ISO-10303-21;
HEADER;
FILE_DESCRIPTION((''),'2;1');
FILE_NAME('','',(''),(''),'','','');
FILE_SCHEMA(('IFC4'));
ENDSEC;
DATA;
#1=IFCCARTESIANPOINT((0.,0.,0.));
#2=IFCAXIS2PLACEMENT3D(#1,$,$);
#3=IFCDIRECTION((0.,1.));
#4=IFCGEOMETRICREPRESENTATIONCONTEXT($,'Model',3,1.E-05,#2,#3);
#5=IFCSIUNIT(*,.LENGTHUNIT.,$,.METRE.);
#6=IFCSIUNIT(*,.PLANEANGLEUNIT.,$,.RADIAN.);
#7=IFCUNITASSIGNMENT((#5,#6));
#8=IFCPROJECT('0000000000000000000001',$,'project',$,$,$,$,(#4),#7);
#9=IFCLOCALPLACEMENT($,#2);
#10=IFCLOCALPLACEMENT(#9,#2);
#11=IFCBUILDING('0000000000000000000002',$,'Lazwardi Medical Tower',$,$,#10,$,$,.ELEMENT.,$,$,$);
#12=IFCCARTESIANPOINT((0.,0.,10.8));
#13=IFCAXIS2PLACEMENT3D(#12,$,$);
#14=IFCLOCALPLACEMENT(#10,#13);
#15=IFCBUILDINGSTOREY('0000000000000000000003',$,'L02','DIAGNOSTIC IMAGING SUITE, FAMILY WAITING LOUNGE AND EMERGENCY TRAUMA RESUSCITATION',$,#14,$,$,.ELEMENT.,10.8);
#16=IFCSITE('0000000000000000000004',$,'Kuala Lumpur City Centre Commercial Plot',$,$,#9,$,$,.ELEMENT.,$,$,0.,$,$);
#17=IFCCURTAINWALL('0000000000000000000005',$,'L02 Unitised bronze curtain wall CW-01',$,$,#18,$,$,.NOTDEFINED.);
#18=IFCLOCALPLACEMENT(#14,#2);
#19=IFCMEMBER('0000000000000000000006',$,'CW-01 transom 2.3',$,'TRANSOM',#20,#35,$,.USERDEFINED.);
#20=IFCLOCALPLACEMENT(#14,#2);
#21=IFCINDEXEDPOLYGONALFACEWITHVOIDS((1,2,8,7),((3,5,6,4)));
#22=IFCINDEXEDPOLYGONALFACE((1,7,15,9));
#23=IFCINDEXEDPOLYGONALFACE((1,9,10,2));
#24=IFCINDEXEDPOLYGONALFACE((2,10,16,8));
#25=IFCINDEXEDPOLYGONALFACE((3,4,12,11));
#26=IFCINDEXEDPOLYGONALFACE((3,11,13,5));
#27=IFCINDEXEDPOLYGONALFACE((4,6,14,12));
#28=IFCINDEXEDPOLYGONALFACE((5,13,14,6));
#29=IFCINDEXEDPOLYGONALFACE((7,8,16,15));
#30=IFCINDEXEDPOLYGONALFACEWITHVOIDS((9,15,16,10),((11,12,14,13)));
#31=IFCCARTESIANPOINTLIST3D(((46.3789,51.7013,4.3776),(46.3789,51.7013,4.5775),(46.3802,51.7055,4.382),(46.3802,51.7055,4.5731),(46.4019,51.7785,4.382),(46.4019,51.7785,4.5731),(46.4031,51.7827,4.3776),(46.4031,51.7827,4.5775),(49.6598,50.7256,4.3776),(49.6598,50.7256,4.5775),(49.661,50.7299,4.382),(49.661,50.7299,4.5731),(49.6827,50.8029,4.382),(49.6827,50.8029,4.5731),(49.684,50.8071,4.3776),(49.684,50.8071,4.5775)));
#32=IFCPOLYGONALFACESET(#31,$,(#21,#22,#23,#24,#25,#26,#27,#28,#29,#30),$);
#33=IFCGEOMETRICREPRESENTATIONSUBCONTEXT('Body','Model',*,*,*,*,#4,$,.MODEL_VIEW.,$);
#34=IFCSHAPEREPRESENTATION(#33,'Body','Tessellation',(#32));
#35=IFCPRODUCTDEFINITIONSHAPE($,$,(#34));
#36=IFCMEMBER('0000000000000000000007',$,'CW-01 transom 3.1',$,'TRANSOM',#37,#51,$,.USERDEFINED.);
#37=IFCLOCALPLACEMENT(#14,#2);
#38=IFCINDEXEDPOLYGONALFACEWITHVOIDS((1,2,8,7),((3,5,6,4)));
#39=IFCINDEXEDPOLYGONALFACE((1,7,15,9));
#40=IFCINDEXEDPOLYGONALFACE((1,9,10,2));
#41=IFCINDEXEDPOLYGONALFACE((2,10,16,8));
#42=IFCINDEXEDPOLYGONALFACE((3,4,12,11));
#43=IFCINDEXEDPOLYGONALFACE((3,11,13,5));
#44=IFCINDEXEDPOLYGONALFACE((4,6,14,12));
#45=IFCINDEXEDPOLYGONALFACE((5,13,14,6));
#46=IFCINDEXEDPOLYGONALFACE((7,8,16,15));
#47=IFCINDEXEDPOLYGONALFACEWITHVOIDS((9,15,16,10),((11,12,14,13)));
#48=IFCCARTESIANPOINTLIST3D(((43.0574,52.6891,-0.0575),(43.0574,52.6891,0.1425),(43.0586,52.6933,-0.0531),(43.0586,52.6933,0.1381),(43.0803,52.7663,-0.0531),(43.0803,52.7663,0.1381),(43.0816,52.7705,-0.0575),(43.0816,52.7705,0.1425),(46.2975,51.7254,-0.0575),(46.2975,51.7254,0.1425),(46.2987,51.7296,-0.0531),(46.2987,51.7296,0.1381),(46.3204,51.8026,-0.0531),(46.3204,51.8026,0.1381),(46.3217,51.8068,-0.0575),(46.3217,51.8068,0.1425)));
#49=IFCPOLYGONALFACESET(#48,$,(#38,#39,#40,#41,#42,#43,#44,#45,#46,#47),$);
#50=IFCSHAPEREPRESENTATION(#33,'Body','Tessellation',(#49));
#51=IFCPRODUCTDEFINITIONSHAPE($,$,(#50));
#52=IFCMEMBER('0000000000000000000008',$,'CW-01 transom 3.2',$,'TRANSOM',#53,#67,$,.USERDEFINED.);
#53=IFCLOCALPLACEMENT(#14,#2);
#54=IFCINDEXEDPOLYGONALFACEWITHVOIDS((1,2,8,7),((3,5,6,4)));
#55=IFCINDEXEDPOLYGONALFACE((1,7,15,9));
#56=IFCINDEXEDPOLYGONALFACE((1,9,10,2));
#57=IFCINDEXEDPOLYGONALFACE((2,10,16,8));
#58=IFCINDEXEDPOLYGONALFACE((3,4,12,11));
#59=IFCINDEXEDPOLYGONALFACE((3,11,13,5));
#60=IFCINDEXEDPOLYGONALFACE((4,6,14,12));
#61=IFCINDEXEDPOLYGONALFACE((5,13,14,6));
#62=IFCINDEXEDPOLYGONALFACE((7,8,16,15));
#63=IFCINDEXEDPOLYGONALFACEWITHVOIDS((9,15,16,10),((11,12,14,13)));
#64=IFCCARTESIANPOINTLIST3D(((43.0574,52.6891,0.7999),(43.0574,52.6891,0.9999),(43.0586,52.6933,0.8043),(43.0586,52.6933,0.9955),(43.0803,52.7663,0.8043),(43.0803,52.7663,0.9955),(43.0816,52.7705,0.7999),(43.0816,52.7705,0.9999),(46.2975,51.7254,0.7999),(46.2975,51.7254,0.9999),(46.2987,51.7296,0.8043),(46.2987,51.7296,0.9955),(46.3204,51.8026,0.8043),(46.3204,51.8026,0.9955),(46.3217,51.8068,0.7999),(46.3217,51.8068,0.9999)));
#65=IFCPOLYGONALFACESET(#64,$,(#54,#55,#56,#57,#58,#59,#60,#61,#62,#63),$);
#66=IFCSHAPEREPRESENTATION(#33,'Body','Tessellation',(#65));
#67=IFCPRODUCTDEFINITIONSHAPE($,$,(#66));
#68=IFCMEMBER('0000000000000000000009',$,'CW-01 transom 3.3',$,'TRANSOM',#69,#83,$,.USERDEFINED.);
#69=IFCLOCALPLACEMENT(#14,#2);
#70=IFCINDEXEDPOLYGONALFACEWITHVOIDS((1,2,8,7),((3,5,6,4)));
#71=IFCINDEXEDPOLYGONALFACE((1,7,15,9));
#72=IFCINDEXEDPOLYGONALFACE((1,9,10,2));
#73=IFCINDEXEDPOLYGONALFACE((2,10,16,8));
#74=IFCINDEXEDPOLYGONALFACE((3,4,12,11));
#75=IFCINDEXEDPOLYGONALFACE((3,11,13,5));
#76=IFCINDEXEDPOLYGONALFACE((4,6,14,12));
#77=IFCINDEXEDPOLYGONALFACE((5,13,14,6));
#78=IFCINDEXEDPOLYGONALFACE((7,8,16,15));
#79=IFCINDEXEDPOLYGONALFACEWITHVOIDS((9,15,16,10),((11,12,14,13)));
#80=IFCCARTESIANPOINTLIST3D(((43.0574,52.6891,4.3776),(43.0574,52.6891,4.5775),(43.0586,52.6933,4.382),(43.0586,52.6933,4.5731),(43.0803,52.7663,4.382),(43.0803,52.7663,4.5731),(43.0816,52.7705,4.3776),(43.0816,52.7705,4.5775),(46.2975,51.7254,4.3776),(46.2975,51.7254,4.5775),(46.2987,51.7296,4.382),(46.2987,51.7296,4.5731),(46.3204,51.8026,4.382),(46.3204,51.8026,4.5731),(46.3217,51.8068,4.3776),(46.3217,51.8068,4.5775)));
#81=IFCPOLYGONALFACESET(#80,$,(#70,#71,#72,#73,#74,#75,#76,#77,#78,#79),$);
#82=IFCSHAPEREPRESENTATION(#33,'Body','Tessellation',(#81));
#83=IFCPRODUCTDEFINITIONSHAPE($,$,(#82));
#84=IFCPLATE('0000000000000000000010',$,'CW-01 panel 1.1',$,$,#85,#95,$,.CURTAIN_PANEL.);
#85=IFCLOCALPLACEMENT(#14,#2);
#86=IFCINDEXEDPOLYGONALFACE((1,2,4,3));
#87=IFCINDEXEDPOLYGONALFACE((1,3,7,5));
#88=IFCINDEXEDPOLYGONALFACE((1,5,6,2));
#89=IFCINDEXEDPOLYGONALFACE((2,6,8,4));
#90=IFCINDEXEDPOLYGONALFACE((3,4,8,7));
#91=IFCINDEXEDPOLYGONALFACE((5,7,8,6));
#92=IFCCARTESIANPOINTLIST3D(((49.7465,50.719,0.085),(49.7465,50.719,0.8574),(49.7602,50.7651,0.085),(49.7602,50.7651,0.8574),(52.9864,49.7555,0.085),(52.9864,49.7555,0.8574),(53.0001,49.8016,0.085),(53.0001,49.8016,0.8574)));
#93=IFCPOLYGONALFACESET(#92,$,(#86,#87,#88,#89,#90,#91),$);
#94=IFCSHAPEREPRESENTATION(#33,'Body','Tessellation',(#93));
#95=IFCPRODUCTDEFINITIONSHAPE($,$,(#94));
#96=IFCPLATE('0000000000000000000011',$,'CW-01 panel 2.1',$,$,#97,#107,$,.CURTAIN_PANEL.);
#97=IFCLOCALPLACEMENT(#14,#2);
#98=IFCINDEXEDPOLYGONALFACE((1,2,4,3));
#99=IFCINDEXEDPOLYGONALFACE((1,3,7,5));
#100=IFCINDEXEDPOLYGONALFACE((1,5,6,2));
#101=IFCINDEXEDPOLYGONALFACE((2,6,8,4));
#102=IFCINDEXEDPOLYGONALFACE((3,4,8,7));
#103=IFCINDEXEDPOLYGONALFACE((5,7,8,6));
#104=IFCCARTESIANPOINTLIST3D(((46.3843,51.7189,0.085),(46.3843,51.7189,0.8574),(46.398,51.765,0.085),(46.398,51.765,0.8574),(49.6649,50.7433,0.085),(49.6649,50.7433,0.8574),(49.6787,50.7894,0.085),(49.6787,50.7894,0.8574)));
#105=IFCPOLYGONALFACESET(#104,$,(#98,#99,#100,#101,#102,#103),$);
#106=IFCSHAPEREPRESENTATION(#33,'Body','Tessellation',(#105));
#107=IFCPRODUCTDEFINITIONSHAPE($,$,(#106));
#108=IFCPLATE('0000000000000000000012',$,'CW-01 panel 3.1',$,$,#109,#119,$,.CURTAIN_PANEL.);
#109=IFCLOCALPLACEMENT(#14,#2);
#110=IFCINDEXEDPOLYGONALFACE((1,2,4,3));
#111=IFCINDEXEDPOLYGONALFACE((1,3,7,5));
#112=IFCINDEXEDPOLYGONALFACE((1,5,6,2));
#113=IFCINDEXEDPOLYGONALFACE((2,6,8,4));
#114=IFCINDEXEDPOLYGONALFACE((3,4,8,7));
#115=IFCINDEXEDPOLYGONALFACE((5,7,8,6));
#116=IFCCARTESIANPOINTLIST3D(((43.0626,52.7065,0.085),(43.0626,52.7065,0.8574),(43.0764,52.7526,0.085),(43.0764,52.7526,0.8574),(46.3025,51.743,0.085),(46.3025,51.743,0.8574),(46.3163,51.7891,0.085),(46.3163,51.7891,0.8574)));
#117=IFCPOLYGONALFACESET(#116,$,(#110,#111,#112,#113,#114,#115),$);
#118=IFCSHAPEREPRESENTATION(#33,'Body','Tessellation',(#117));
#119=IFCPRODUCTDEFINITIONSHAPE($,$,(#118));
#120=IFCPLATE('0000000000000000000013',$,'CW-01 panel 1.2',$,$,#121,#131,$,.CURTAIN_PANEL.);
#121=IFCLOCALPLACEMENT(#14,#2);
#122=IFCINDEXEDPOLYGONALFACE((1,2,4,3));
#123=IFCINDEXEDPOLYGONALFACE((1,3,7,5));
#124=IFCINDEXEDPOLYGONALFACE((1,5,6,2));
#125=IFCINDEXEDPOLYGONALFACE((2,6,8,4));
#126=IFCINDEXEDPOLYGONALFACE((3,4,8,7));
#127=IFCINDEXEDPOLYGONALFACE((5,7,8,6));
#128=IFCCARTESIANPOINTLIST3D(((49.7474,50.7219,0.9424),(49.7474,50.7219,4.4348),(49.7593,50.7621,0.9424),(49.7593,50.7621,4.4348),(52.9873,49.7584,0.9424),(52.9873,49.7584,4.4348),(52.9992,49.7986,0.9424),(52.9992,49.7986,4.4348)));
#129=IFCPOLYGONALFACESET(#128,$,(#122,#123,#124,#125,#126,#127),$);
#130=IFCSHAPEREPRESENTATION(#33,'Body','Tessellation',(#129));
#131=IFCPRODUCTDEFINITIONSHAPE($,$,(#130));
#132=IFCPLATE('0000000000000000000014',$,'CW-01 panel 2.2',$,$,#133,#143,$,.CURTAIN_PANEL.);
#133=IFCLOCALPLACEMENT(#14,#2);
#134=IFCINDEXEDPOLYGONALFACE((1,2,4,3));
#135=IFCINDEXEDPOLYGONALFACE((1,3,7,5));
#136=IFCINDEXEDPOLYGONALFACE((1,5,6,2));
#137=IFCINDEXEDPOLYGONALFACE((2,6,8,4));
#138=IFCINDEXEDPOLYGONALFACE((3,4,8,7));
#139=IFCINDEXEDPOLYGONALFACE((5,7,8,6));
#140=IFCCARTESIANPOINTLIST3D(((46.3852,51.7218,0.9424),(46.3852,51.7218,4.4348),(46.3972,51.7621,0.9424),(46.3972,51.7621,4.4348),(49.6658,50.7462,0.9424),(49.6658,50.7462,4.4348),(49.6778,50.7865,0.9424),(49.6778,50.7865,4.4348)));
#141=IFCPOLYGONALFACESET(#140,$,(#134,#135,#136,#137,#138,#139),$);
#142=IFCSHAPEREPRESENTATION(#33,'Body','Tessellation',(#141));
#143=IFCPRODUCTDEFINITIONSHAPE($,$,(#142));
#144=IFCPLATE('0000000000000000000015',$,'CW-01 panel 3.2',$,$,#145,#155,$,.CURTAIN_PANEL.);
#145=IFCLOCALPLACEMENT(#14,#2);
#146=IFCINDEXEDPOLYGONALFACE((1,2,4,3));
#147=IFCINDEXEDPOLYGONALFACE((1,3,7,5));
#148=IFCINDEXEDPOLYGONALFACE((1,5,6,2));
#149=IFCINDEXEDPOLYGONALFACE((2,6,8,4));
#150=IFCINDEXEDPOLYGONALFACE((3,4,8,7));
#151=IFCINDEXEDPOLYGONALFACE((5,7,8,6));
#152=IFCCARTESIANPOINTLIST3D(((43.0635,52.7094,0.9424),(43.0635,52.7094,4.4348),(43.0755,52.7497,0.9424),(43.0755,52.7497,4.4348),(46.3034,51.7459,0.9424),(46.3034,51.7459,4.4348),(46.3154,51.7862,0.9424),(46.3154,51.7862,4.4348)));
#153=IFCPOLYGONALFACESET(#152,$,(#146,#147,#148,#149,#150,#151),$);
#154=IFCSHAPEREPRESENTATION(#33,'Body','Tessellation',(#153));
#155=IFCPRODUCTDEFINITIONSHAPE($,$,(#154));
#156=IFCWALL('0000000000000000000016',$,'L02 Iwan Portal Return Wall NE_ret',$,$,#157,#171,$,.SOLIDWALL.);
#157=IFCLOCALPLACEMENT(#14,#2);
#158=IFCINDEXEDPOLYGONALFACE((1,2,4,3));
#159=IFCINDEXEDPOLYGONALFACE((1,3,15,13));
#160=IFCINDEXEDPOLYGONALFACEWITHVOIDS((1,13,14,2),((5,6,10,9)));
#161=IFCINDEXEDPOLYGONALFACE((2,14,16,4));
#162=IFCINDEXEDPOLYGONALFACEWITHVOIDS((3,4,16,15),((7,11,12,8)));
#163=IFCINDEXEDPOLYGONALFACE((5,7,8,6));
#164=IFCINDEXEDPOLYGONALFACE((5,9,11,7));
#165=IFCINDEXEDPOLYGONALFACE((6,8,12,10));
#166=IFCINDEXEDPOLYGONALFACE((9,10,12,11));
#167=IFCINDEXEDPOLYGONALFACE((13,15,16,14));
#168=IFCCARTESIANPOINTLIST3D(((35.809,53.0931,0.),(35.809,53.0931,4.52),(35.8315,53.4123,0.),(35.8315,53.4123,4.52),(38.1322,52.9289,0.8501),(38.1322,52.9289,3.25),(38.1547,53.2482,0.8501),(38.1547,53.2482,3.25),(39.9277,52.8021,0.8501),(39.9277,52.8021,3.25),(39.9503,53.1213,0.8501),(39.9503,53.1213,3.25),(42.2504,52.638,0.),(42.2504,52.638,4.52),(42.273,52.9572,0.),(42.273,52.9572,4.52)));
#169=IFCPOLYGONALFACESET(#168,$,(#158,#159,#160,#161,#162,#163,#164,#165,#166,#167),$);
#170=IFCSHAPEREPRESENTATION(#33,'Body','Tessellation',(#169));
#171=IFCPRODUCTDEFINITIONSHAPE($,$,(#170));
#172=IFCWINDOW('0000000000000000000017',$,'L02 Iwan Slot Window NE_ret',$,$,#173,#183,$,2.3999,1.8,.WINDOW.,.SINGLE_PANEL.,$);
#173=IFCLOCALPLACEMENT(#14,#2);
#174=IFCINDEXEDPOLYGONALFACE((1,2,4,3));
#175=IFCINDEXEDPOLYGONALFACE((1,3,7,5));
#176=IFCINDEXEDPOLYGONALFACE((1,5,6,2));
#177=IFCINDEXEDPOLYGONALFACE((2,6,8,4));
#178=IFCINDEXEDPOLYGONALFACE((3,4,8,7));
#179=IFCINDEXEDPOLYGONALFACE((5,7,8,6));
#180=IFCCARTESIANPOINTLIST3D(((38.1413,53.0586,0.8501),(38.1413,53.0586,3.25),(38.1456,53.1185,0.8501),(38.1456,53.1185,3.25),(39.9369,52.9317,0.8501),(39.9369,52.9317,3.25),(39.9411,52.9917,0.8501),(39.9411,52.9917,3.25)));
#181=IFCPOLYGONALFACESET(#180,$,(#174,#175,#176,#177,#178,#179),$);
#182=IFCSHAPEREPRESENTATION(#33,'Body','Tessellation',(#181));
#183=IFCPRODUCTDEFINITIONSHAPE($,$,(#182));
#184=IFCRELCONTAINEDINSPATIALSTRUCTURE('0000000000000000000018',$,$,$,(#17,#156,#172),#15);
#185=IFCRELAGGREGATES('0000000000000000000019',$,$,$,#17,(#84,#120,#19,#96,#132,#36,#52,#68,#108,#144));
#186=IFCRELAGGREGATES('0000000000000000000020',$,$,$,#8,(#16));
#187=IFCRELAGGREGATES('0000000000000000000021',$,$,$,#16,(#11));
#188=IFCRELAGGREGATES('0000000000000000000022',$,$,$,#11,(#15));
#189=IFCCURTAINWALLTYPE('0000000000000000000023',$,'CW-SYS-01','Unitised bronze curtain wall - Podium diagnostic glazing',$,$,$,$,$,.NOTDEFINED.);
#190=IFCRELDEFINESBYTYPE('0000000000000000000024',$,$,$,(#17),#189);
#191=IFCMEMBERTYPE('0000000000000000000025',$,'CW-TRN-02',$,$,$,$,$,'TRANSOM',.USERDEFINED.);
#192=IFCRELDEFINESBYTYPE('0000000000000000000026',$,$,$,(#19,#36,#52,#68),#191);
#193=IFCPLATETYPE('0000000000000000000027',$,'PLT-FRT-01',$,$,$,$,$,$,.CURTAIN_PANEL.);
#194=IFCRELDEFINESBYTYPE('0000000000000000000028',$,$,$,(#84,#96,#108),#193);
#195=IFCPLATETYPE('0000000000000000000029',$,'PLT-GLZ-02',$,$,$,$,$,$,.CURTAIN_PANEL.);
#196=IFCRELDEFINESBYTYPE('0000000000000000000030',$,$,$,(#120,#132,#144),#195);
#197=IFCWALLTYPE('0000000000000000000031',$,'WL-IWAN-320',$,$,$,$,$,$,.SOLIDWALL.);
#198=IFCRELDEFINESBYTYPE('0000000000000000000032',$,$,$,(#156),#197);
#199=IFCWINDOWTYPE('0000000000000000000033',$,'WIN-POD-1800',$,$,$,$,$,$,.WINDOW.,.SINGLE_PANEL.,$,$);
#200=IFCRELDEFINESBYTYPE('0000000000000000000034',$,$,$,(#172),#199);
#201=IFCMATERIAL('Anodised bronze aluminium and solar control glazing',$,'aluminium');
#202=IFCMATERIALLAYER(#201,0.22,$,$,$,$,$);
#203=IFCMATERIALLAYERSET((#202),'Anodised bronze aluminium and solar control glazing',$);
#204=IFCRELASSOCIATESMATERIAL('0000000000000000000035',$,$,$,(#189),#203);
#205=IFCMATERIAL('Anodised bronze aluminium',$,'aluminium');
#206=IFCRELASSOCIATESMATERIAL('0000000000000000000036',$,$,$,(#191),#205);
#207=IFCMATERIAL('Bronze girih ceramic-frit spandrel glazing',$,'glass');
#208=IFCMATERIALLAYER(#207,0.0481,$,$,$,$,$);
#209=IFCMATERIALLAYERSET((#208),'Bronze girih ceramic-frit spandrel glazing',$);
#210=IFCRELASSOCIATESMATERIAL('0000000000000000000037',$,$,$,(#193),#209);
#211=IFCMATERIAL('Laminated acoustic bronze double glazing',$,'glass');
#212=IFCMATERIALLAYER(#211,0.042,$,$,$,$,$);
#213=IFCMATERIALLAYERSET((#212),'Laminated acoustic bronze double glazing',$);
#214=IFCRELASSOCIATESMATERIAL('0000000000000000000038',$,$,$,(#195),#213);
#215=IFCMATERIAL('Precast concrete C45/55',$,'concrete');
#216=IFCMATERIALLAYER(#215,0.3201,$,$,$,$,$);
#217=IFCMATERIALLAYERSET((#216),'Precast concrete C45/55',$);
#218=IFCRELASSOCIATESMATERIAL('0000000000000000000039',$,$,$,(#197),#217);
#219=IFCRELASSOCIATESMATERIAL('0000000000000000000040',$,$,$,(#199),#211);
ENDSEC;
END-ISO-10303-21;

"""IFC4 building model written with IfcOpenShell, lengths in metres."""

from ifc_helpers import new_model, si_unit, direction, frame, frame_2d, origin, origin_2d, place, context, subcontext, project, spatial, rectangle, hollow_rectangle, extrude, material, layer, layer_set, material_profile, profile_set, type_object, element, fill, aggregate, save


model = new_model("IFC4")

# Units and contexts
model_context = context("Model", 3, precision=1e-05, world=origin(), true_north=direction((0.0, 1.0)))
body_context = subcontext(model_context, "Body", "Model", "MODEL_VIEW")
ifc_project = project(units=[si_unit("LENGTHUNIT", "METRE"), si_unit("PLANEANGLEUNIT", "RADIAN")], contexts=[model_context])

# Site, building, storey
site_placement = place(None, origin())
site = spatial("IfcSite", under=ifc_project, at=site_placement, Name="Kuala Lumpur City Centre Commercial Plot", CompositionType="ELEMENT", RefElevation=0.0)
building_placement = place(site_placement, origin())
building = spatial("IfcBuilding", under=site, at=building_placement, Name="Lazwardi Medical Tower", CompositionType="ELEMENT")
storey_placement = place(building_placement, frame((0.0, 0.0, 10.8)))
storey = spatial("IfcBuildingStorey", under=building, at=storey_placement, Name="L02", Description="DIAGNOSTIC IMAGING SUITE, FAMILY WAITING LOUNGE AND EMERGENCY TRAUMA RESUSCITATION", CompositionType="ELEMENT", Elevation=10.8)

# Curtain wall, members, plates
ifc_material_1 = material(Name="Anodised bronze aluminium and solar control glazing", Category="aluminium")
ifc_layer_1 = layer(ifc_material_1, 0.22)
ifc_layer_set_1 = layer_set([ifc_layer_1], Name="Anodised bronze aluminium and solar control glazing")
curtain_wall_type = type_object("IfcCurtainWallType", Name="CW-SYS-01", Description="Unitised bronze curtain wall - Podium diagnostic glazing", PredefinedType="NOTDEFINED", material=ifc_layer_set_1)
curtain_wall_placement = place(storey_placement, origin())
curtain_wall = element("IfcCurtainWall", 1, at=curtain_wall_placement, inside=storey, type_object=curtain_wall_type, Name="L02 Unitised bronze curtain wall CW-01", PredefinedType="NOTDEFINED")
ifc_material_2 = material(Name="Anodised bronze aluminium", Category="aluminium")
ifc_material_profile_1 = material_profile(ifc_material_2, hollow_rectangle(XDim=0.085, YDim=0.2, WallThickness=0.0044, at=origin_2d()), Name="ALU-TRANSOM 200x85x4.5")
ifc_profile_set_1 = profile_set([ifc_material_profile_1], Name="Anodised bronze aluminium")
member_type_1 = type_object("IfcMemberType", Name="CW-TRN-02", ElementType="TRANSOM", PredefinedType="USERDEFINED", material=ifc_profile_set_1)
member_1_placement = place(storey_placement, frame((49.6719, 50.7664, 4.4775), z_axis=(-0.958518, 0.28503, 0.0), x_axis=(-0.28503, -0.958518, 0.0)))
member_1 = element("IfcMember", 2, at=member_1_placement, type_object=member_type_1, Name="CW-01 transom 2.3", ObjectType="TRANSOM", PredefinedType="USERDEFINED", context=body_context, shape_type="SweptSolid", body=[
    extrude(hollow_rectangle(XDim=0.085, YDim=0.2, WallThickness=0.0044, at=origin_2d()), origin(), (0.0, 0.0, 1.0), 3.4229),
])
member_2_placement = place(storey_placement, frame((46.3096, 51.7661, 0.0425), z_axis=(-0.958505, 0.285074, 0.0), x_axis=(-0.285074, -0.958505, 0.0)))
member_2 = element("IfcMember", 3, at=member_2_placement, type_object=member_type_1, Name="CW-01 transom 3.1", ObjectType="TRANSOM", PredefinedType="USERDEFINED", context=body_context, shape_type="SweptSolid", body=[
    extrude(hollow_rectangle(XDim=0.085, YDim=0.2, WallThickness=0.0044, at=origin_2d()), origin(), (0.0, 0.0, 1.0), 3.3804),
])
member_3_placement = place(storey_placement, frame((46.3096, 51.7661, 0.8999), z_axis=(-0.958505, 0.285074, 0.0), x_axis=(-0.285074, -0.958505, 0.0)))
member_3 = element("IfcMember", 4, at=member_3_placement, type_object=member_type_1, Name="CW-01 transom 3.2", ObjectType="TRANSOM", PredefinedType="USERDEFINED", context=body_context, shape_type="SweptSolid", body=[
    extrude(hollow_rectangle(XDim=0.085, YDim=0.2, WallThickness=0.0044, at=origin_2d()), origin(), (0.0, 0.0, 1.0), 3.3804),
])
member_4_placement = place(storey_placement, frame((46.3096, 51.7661, 4.4775), z_axis=(-0.958505, 0.285074, 0.0), x_axis=(-0.285074, -0.958505, 0.0)))
member_4 = element("IfcMember", 5, at=member_4_placement, type_object=member_type_1, Name="CW-01 transom 3.3", ObjectType="TRANSOM", PredefinedType="USERDEFINED", context=body_context, shape_type="SweptSolid", body=[
    extrude(hollow_rectangle(XDim=0.085, YDim=0.2, WallThickness=0.0044, at=origin_2d()), origin(), (0.0, 0.0, 1.0), 3.3804),
])
ifc_material_3 = material(Name="Bronze girih ceramic-frit spandrel glazing", Category="glass")
ifc_layer_2 = layer(ifc_material_3, 0.0481)
ifc_layer_set_2 = layer_set([ifc_layer_2], Name="Bronze girih ceramic-frit spandrel glazing")
plate_type_1 = type_object("IfcPlateType", Name="PLT-FRT-01", PredefinedType="CURTAIN_PANEL", material=ifc_layer_set_2)
plate_1_placement = place(storey_placement, frame((51.3733, 50.2603, 0.085), z_axis=(0.0, 0.0, 1.0), x_axis=(-0.958513, 0.285047, 0.0)))
plate_1 = element("IfcPlate", 6, at=plate_1_placement, type_object=plate_type_1, Name="CW-01 panel 1.1", PredefinedType="CURTAIN_PANEL", context=body_context, shape_type="SweptSolid", body=[
    extrude(rectangle(XDim=3.3801, YDim=0.0481, at=origin_2d()), origin(), (0.0, 0.0, 1.0), 0.7725),
])
plate_2_placement = place(storey_placement, frame((48.0315, 51.2542, 0.085), z_axis=(0.0, 0.0, 1.0), x_axis=(-0.958513, 0.285047, 0.0)))
plate_2 = element("IfcPlate", 7, at=plate_2_placement, type_object=plate_type_1, Name="CW-01 panel 2.1", PredefinedType="CURTAIN_PANEL", context=body_context, shape_type="SweptSolid", body=[
    extrude(rectangle(XDim=3.4226, YDim=0.0481, at=origin_2d()), origin(), (0.0, 0.0, 1.0), 0.7725),
])
plate_3_placement = place(storey_placement, frame((44.6895, 52.2478, 0.085), z_axis=(0.0, 0.0, 1.0), x_axis=(-0.958513, 0.285047, 0.0)))
plate_3 = element("IfcPlate", 8, at=plate_3_placement, type_object=plate_type_1, Name="CW-01 panel 3.1", PredefinedType="CURTAIN_PANEL", context=body_context, shape_type="SweptSolid", body=[
    extrude(rectangle(XDim=3.3801, YDim=0.0481, at=origin_2d()), origin(), (0.0, 0.0, 1.0), 0.7725),
])
ifc_material_4 = material(Name="Laminated acoustic bronze double glazing", Category="glass")
ifc_layer_3 = layer(ifc_material_4, 0.042)
ifc_layer_set_3 = layer_set([ifc_layer_3], Name="Laminated acoustic bronze double glazing")
plate_type_2 = type_object("IfcPlateType", Name="PLT-GLZ-02", PredefinedType="CURTAIN_PANEL", material=ifc_layer_set_3)
plate_4_placement = place(storey_placement, frame((51.3733, 50.2603, 0.9424), z_axis=(0.0, 0.0, 1.0), x_axis=(-0.958513, 0.285047, 0.0)))
plate_4 = element("IfcPlate", 9, at=plate_4_placement, type_object=plate_type_2, Name="CW-01 panel 1.2", PredefinedType="CURTAIN_PANEL", context=body_context, shape_type="SweptSolid", body=[
    extrude(rectangle(XDim=3.3801, YDim=0.042, at=origin_2d()), origin(), (0.0, 0.0, 1.0), 3.4924),
])
plate_5_placement = place(storey_placement, frame((48.0315, 51.2542, 0.9424), z_axis=(0.0, 0.0, 1.0), x_axis=(-0.958513, 0.285047, 0.0)))
plate_5 = element("IfcPlate", 10, at=plate_5_placement, type_object=plate_type_2, Name="CW-01 panel 2.2", PredefinedType="CURTAIN_PANEL", context=body_context, shape_type="SweptSolid", body=[
    extrude(rectangle(XDim=3.4226, YDim=0.042, at=origin_2d()), origin(), (0.0, 0.0, 1.0), 3.4924),
])
plate_6_placement = place(storey_placement, frame((44.6895, 52.2478, 0.9424), z_axis=(0.0, 0.0, 1.0), x_axis=(-0.958513, 0.285047, 0.0)))
plate_6 = element("IfcPlate", 11, at=plate_6_placement, type_object=plate_type_2, Name="CW-01 panel 3.2", PredefinedType="CURTAIN_PANEL", context=body_context, shape_type="SweptSolid", body=[
    extrude(rectangle(XDim=3.3801, YDim=0.042, at=origin_2d()), origin(), (0.0, 0.0, 1.0), 3.4924),
])
aggregate(curtain_wall, [plate_1, plate_4, member_1, plate_2, plate_5, member_2, member_3, member_4, plate_3, plate_6])

# Wall, opening, window
ifc_material_5 = material(Name="Precast concrete C45/55", Category="concrete")
ifc_layer_4 = layer(ifc_material_5, 0.3201)
ifc_layer_set_4 = layer_set([ifc_layer_4], Name="Precast concrete C45/55")
wall_type = type_object("IfcWallType", Name="WL-IWAN-320", PredefinedType="SOLIDWALL", material=ifc_layer_set_4)
wall_1_placement = place(storey_placement, frame((42.2617, 52.7976, 0.0), z_axis=(0.0, 0.0, 1.0), x_axis=(-0.997514, 0.070473, 0.0)))
wall_1 = element("IfcWall", 12, at=wall_1_placement, inside=storey, type_object=wall_type, Name="L02 Iwan Portal Return Wall NE_ret", PredefinedType="SOLIDWALL", context=body_context, shape_type="SweptSolid", body=[
    extrude(rectangle(XDim=6.4575, YDim=0.3201, at=frame_2d((3.2288, 0.0))), origin(), (0.0, 0.0, 1.0), 4.52),
])
opening_1_placement = place(wall_1_placement, frame((2.3286, 0.0, 0.8501)))
opening_1 = element("IfcOpeningElement", 13, at=opening_1_placement, cuts=wall_1, PredefinedType="OPENING", context=body_context, shape_type="SweptSolid", body=[
    extrude(rectangle(XDim=1.8, YDim=2.3999, at=frame_2d((0.8999, 1.2))), frame((0.0, 0.1699, 0.0), z_axis=(0.0, -1.0, 0.0), x_axis=(1.0, 0.0, 0.0)), (0.0, 0.0, 1.0), 0.3401),
])
window_type = type_object("IfcWindowType", Name="WIN-POD-1800", PartitioningType="SINGLE_PANEL", PredefinedType="WINDOW", material=ifc_material_4)
window_1_placement = place(opening_1_placement, origin())
window_1 = element("IfcWindow", 14, at=window_1_placement, inside=storey, type_object=window_type, Name="L02 Iwan Slot Window NE_ret", OverallHeight=2.3999, OverallWidth=1.8, PartitioningType="SINGLE_PANEL", PredefinedType="WINDOW", context=body_context, shape_type="SweptSolid", body=[
    extrude(rectangle(XDim=1.8, YDim=2.3999, at=frame_2d((0.8999, 1.2))), frame((0.0, 0.03, 0.0), z_axis=(0.0, -1.0, 0.0), x_axis=(1.0, 0.0, 0.0)), (0.0, 0.0, 1.0), 0.0601),
])
fill(opening_1, window_1)

save(model, "model.ifc")
